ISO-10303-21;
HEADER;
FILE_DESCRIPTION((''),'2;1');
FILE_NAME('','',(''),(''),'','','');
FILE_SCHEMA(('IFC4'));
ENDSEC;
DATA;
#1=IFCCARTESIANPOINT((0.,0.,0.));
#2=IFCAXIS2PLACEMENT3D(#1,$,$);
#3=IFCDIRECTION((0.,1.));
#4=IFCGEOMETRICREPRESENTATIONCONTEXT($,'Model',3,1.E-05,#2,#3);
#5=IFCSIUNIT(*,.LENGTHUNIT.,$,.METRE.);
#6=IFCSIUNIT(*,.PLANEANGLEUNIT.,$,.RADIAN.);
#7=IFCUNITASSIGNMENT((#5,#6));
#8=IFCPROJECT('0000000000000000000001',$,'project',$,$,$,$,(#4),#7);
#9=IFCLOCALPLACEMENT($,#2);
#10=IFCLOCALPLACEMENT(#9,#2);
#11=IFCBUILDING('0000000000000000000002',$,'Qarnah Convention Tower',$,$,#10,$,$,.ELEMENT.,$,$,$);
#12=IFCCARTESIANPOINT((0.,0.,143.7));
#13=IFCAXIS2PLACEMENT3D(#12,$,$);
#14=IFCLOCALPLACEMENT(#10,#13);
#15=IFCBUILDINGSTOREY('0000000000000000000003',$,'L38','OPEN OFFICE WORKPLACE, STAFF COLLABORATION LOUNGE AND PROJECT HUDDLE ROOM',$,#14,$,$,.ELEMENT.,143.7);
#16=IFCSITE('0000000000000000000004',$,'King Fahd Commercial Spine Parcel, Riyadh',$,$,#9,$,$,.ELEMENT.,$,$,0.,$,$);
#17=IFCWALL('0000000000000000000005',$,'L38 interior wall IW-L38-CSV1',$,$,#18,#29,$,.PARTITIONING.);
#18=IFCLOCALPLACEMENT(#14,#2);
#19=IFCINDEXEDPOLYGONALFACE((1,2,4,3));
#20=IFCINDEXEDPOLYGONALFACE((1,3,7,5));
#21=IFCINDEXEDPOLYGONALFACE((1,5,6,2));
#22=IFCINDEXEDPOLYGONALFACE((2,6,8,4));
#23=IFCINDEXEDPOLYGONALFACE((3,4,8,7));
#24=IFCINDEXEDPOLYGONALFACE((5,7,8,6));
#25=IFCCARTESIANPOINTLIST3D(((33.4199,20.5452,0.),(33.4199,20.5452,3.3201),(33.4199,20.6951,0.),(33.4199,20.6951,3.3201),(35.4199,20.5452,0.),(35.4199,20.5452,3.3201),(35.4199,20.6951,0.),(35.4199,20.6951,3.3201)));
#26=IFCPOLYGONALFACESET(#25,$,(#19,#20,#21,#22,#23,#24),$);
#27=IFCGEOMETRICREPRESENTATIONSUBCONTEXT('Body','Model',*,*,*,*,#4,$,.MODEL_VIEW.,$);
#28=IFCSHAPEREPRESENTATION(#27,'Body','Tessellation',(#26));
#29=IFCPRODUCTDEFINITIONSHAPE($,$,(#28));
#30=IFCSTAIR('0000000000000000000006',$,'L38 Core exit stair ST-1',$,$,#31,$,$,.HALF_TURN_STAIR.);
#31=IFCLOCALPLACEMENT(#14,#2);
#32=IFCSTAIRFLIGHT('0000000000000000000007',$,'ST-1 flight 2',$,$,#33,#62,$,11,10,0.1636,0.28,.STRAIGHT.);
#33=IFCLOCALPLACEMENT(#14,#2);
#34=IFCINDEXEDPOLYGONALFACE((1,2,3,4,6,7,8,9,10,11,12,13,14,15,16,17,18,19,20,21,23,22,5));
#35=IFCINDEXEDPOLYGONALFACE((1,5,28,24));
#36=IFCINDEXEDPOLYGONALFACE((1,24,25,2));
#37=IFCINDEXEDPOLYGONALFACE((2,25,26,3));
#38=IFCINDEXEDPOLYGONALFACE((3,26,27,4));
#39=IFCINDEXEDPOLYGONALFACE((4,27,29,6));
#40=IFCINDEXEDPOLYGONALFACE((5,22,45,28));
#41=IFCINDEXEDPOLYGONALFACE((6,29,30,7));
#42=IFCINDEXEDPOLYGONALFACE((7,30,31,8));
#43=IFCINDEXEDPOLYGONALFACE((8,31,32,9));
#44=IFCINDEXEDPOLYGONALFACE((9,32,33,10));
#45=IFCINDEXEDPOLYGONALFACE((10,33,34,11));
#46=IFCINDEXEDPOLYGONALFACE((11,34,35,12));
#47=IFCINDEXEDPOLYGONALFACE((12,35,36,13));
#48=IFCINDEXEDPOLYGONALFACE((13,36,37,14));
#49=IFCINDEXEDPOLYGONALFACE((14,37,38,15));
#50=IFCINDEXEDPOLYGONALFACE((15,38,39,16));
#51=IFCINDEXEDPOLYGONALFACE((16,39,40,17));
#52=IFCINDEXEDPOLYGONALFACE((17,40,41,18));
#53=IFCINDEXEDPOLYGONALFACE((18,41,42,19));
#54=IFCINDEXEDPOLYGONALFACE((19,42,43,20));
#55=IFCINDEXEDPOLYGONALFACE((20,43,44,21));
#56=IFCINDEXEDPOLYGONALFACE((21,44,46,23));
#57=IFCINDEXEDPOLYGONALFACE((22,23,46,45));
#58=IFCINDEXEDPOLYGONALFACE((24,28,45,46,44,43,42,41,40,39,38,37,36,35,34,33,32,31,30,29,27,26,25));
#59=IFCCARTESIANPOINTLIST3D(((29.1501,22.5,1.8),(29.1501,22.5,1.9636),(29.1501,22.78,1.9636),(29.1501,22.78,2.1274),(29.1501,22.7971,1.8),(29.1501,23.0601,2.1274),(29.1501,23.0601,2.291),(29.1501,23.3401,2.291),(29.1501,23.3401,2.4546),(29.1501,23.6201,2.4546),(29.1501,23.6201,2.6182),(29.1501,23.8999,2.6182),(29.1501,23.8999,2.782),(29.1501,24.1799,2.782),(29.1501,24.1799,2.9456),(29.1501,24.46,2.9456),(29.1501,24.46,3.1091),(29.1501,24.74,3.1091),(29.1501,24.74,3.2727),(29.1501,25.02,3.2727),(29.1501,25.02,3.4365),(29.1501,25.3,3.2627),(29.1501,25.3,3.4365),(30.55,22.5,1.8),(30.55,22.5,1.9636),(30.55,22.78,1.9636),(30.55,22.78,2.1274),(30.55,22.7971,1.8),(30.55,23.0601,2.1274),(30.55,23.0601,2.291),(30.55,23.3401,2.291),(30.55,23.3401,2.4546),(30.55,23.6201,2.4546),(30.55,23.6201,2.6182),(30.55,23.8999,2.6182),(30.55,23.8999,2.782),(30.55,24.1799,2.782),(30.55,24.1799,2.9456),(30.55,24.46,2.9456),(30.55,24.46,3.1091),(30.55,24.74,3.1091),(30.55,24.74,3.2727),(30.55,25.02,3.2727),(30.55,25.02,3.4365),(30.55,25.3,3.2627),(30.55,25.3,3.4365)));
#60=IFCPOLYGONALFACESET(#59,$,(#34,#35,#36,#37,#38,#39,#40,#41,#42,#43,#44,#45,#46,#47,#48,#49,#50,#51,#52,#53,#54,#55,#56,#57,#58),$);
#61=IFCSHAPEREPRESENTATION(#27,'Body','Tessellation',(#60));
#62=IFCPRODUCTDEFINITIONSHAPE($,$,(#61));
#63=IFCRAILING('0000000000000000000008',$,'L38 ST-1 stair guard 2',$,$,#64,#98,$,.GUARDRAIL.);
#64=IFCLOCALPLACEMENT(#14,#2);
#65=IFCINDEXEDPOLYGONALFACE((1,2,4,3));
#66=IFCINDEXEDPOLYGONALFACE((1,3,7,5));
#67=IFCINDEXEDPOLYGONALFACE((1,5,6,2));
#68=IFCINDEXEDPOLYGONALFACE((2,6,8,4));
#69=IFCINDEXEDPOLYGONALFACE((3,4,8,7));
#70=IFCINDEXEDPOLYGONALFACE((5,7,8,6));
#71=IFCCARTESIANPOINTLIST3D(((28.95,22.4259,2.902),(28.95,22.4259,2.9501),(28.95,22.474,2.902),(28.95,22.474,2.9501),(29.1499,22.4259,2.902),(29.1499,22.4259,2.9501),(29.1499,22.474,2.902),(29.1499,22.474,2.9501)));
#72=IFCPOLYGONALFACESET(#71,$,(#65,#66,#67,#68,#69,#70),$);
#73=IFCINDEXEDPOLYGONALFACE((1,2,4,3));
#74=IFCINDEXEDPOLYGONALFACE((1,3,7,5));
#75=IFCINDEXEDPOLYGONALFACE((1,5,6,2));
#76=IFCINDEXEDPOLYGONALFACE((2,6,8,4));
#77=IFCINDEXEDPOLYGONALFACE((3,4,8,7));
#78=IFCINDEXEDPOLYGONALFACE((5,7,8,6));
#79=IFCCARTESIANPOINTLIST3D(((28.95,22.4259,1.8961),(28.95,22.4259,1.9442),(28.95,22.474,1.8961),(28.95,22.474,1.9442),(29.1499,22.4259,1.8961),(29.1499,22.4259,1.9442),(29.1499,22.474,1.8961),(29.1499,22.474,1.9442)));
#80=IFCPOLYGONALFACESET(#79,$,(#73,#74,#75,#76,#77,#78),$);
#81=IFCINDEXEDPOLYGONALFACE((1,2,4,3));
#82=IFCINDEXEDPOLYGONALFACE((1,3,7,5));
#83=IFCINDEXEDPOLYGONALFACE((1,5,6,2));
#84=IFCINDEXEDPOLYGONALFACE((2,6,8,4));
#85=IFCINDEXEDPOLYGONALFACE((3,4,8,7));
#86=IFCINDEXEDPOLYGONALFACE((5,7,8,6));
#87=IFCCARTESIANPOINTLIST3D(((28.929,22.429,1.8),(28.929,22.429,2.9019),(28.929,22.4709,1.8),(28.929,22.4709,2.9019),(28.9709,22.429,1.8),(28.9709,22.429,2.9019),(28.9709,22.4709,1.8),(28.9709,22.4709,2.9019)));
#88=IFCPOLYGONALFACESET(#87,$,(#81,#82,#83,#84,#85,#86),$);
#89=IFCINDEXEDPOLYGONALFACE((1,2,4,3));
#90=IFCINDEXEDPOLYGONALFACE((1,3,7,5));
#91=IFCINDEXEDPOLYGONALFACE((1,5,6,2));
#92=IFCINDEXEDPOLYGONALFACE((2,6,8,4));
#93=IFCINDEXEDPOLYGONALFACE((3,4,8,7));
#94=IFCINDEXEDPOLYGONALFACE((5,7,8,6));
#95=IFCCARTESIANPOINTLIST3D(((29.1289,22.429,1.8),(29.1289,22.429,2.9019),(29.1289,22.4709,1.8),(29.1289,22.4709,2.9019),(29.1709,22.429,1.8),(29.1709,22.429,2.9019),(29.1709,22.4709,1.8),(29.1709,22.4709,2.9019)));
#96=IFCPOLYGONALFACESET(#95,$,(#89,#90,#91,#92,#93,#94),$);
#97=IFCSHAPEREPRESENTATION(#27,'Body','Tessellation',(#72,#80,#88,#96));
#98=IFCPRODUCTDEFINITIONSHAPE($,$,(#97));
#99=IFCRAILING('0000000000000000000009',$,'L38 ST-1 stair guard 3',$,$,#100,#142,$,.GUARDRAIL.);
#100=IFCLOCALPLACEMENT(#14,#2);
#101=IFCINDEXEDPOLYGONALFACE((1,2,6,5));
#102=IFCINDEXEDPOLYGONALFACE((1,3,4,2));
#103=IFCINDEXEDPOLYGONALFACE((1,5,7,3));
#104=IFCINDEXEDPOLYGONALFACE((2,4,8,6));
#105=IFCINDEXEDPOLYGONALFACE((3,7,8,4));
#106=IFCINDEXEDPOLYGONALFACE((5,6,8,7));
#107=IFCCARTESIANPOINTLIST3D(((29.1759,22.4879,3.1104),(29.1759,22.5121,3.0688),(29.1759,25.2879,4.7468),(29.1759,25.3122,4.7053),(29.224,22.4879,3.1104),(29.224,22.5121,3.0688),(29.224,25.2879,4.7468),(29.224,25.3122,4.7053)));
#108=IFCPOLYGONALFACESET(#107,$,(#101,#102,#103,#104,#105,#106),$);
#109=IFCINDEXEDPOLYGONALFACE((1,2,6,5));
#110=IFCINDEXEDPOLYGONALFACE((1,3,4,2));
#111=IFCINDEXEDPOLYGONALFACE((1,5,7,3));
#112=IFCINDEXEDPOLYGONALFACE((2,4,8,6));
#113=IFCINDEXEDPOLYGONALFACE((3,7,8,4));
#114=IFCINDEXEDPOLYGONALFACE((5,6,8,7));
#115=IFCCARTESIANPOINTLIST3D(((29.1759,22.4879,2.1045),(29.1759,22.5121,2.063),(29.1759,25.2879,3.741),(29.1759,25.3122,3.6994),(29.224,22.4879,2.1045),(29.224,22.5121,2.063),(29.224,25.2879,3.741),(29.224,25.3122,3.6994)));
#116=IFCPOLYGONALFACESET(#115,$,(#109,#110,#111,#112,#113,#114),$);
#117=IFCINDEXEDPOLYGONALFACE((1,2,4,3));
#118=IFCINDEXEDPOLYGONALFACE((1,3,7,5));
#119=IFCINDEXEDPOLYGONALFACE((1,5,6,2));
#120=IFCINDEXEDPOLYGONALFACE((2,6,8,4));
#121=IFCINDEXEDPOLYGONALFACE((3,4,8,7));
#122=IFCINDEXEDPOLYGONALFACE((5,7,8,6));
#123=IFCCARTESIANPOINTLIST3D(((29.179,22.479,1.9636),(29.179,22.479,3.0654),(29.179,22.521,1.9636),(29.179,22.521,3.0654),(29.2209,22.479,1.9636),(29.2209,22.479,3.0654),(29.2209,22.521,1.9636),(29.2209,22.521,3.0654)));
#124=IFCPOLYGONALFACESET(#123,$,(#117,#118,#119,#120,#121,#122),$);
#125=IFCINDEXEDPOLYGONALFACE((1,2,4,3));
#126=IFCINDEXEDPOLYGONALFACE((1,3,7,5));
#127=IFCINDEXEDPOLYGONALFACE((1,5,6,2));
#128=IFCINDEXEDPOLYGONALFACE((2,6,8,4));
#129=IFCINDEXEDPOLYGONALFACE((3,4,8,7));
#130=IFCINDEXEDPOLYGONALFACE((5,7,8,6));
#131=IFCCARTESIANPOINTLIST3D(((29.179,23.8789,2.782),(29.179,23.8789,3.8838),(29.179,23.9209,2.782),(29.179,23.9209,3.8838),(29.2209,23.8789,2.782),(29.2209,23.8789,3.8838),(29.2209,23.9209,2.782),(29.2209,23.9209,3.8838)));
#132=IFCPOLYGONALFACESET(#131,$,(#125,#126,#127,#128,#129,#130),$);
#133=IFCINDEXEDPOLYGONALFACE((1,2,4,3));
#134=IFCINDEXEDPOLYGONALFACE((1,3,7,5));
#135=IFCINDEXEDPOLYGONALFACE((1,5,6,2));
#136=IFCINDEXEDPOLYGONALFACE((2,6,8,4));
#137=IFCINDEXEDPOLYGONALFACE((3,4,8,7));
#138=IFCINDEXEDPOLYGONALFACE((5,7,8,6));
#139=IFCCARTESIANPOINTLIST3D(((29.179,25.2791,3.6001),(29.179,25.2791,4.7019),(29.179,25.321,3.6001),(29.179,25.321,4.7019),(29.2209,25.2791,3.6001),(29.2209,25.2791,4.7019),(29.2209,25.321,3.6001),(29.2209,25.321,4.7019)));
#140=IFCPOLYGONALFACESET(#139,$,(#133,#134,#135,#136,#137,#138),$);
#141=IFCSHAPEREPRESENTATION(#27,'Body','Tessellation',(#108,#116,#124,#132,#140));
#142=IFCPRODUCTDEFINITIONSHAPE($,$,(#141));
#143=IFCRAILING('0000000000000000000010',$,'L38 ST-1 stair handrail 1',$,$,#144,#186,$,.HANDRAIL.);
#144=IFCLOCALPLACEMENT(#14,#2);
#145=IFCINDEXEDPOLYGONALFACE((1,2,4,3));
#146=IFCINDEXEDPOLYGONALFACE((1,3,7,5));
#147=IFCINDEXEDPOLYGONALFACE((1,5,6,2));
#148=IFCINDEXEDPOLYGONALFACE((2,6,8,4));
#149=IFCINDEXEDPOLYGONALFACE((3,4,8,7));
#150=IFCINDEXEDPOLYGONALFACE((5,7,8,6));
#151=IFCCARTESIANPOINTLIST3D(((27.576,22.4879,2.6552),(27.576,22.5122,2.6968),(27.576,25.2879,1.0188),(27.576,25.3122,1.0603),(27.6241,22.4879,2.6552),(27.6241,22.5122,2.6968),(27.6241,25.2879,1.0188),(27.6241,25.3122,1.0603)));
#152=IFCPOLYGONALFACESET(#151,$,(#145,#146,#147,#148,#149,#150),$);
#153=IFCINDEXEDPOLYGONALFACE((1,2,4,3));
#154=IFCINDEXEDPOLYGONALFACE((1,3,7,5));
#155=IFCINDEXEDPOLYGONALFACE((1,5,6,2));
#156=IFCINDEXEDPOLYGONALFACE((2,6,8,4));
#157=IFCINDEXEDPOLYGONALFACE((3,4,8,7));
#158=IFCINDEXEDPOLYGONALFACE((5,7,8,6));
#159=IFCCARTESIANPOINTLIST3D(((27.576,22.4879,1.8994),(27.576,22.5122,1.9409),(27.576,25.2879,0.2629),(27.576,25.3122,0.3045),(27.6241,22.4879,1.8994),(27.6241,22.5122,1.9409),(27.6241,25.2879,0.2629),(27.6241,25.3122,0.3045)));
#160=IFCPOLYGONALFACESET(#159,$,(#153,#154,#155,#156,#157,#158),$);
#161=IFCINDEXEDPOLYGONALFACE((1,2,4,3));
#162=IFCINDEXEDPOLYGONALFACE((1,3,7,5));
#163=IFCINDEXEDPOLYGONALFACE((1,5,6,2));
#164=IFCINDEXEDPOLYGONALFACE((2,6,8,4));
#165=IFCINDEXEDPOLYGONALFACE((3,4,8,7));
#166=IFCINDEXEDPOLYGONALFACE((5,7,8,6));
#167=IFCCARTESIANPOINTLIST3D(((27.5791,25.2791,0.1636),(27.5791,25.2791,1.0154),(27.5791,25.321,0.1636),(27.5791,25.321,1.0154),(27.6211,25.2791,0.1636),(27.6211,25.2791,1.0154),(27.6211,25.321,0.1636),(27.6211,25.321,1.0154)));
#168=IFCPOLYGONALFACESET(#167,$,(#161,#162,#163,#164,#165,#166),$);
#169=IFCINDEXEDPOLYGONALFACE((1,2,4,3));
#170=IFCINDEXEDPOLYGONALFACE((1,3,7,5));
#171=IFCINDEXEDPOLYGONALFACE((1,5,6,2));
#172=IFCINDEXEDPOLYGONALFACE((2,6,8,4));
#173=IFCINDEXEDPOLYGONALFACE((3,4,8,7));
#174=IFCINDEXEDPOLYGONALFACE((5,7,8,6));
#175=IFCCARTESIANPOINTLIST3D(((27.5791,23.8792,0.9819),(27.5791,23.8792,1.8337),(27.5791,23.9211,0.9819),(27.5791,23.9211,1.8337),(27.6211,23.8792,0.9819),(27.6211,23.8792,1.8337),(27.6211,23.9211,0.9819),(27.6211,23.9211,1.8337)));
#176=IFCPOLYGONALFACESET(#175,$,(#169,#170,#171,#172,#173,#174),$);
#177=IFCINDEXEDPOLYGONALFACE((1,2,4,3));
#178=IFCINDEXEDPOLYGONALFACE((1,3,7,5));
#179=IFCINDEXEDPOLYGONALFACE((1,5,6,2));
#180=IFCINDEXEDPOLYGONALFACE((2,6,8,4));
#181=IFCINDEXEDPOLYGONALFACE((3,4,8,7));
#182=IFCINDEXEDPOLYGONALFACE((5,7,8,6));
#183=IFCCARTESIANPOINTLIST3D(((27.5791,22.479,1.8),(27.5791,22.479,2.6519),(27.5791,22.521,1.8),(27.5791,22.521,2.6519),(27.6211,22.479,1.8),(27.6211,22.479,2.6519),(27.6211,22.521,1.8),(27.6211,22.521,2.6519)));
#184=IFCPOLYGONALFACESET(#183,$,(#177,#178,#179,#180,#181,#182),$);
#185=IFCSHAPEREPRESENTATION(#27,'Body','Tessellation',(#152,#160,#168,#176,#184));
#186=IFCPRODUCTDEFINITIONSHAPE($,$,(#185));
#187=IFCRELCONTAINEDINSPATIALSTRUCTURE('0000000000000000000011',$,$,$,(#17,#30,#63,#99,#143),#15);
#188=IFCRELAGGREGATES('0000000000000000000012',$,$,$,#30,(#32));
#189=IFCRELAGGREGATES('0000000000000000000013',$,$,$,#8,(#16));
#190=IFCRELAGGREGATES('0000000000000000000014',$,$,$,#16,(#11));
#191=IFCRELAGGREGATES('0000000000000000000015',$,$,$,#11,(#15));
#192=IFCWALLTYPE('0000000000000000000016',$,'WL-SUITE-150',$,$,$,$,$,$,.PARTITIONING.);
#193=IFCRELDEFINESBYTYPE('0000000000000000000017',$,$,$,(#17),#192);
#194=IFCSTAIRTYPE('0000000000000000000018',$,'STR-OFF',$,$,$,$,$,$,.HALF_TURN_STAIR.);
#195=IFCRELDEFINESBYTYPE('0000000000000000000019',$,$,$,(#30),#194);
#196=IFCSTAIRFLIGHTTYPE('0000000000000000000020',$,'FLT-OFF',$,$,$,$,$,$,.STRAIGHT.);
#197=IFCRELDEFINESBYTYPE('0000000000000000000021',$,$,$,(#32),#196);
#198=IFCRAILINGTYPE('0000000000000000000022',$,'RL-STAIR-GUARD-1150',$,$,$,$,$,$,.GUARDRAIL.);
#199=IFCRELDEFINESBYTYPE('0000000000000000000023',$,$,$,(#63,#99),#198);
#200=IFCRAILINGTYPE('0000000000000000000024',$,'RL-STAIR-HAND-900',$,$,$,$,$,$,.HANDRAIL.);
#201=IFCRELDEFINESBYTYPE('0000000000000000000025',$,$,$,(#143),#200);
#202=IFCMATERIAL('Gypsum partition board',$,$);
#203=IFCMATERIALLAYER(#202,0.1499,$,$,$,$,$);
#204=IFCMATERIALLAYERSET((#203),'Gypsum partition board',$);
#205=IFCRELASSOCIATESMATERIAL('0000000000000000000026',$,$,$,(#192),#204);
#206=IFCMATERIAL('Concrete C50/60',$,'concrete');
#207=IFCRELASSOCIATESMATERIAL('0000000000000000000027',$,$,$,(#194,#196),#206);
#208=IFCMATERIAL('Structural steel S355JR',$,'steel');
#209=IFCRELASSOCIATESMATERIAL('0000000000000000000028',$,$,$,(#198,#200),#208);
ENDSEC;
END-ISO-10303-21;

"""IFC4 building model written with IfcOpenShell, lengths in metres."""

from ifc_helpers import new_model, si_unit, direction, frame, frame_2d, origin, origin_2d, place, context, subcontext, project, spatial, polyline, rectangle, outline, extrude, material, layer, layer_set, type_object, element, aggregate, save


model = new_model("IFC4")

# Units and contexts
model_context = context("Model", 3, precision=1e-05, world=origin(), true_north=direction((0.0, 1.0)))
body_context = subcontext(model_context, "Body", "Model", "MODEL_VIEW")
ifc_project = project(units=[si_unit("LENGTHUNIT", "METRE"), si_unit("PLANEANGLEUNIT", "RADIAN")], contexts=[model_context])

# Site, building, storey
site_placement = place(None, origin())
site = spatial("IfcSite", under=ifc_project, at=site_placement, Name="King Fahd Commercial Spine Parcel, Riyadh", CompositionType="ELEMENT", RefElevation=0.0)
building_placement = place(site_placement, origin())
building = spatial("IfcBuilding", under=site, at=building_placement, Name="Qarnah Convention Tower", CompositionType="ELEMENT")
storey_placement = place(building_placement, frame((0.0, 0.0, 143.7)))
storey = spatial("IfcBuildingStorey", under=building, at=storey_placement, Name="L38", Description="OPEN OFFICE WORKPLACE, STAFF COLLABORATION LOUNGE AND PROJECT HUDDLE ROOM", CompositionType="ELEMENT", Elevation=143.7)

# Shared definitions
ifc_material_1 = material(Name="Structural steel S355JR", Category="steel")

# Wall
ifc_material_2 = material(Name="Gypsum partition board")
ifc_layer_1 = layer(ifc_material_2, 0.1499)
ifc_layer_set_1 = layer_set([ifc_layer_1], Name="Gypsum partition board")
wall_type_1 = type_object("IfcWallType", Name="WL-SUITE-150", PredefinedType="PARTITIONING", material=ifc_layer_set_1)
wall_1_placement = place(storey_placement, frame((33.4199, 20.6201, 0.0), z_axis=(0.0, 0.0, 1.0), x_axis=(1.0, 0.0, 0.0)))
element("IfcWall", 1, at=wall_1_placement, inside=storey, type_object=wall_type_1, Name="L38 interior wall IW-L38-CSV1", PredefinedType="PARTITIONING", context=body_context, shape_type="SweptSolid", body=[
    extrude(rectangle(XDim=2.0, YDim=0.1499, at=frame_2d((1.0, 0.0))), origin(), (0.0, 0.0, 1.0), 3.3201),
])

# Stair, stair flight
ifc_material_3 = material(Name="Concrete C50/60", Category="concrete")
stair_type = type_object("IfcStairType", Name="STR-OFF", PredefinedType="HALF_TURN_STAIR", material=ifc_material_3)
stair_placement = place(storey_placement, origin())
stair = element("IfcStair", 2, at=stair_placement, inside=storey, type_object=stair_type, Name="L38 Core exit stair ST-1", PredefinedType="HALF_TURN_STAIR")
stair_flight_type = type_object("IfcStairFlightType", Name="FLT-OFF", PredefinedType="STRAIGHT", material=ifc_material_3)
stair_flight_placement = place(storey_placement, frame((29.8501, 22.5, 1.8), z_axis=(0.0, 0.0, 1.0), x_axis=(0.0, 1.0, 0.0)))
stair_flight = element("IfcStairFlight", 3, at=stair_flight_placement, type_object=stair_flight_type, Name="ST-1 flight 2", NumberOfRisers=11, NumberOfTreads=10, PredefinedType="STRAIGHT", RiserHeight=0.1636, TreadLength=0.28, context=body_context, shape_type="SweptSolid", body=[
    extrude(outline(polyline([(0.0, 0.0), (0.0, 0.1636), (0.28, 0.1636), (0.28, 0.3274), (0.5601, 0.3274), (0.5601, 0.491), (0.8401, 0.491), (0.8401, 0.6545), (1.1201, 0.6545), (1.1201, 0.8181), (1.3999, 0.8181), (1.3999, 0.9819), (1.6799, 0.9819), (1.6799, 1.1455), (1.96, 1.1455), (1.96, 1.3091), (2.24, 1.3091), (2.24, 1.4727), (2.52, 1.4727), (2.52, 1.6365), (2.8, 1.6365), (2.8, 1.8), (2.8, 1.4626), (0.2971, 0.0), (0.0, 0.0)])), frame((0.0, 0.7, 0.0), z_axis=(0.0, -1.0, 0.0), x_axis=(1.0, 0.0, 0.0)), (0.0, 0.0, 1.0), 1.3999),
])
aggregate(stair, [stair_flight])

# Railings
railing_type_1 = type_object("IfcRailingType", Name="RL-STAIR-GUARD-1150", PredefinedType="GUARDRAIL", material=ifc_material_1)
railing_1_placement = place(storey_placement, frame((28.95, 22.45, 1.8)))
element("IfcRailing", 4, at=railing_1_placement, inside=storey, type_object=railing_type_1, Name="L38 ST-1 stair guard 2", PredefinedType="GUARDRAIL", context=body_context, shape_type="SweptSolid", body=[
    extrude(rectangle(XDim=0.0481, YDim=0.0481, at=origin_2d()), frame((0.0, 0.0, 1.126), z_axis=(1.0, 0.0, 0.0), x_axis=(0.0, 1.0, 0.0)), (0.0, 0.0, 1.0), 0.2),
    extrude(rectangle(XDim=0.0481, YDim=0.0481, at=origin_2d()), frame((0.0, 0.0, 0.1201), z_axis=(1.0, 0.0, 0.0), x_axis=(0.0, 1.0, 0.0)), (0.0, 0.0, 1.0), 0.2),
    extrude(rectangle(XDim=0.042, YDim=0.042, at=origin_2d()), origin(), (0.0, 0.0, 1.0), 1.1018),
    extrude(rectangle(XDim=0.042, YDim=0.042, at=origin_2d()), frame((0.2, 0.0, 0.0)), (0.0, 0.0, 1.0), 1.1018),
])
railing_2_placement = place(storey_placement, frame((29.2, 22.5, 1.9636)))
element("IfcRailing", 5, at=railing_2_placement, inside=storey, type_object=railing_type_1, Name="L38 ST-1 stair guard 3", PredefinedType="GUARDRAIL", context=body_context, shape_type="SweptSolid", body=[
    extrude(rectangle(XDim=0.0481, YDim=0.0481, at=origin_2d()), frame((0.0, 0.0, 1.126), z_axis=(0.0, 0.863361, 0.504587), x_axis=(-1.0, 0.0, 0.0)), (0.0, 0.0, 1.0), 3.2432),
    extrude(rectangle(XDim=0.0481, YDim=0.0481, at=origin_2d()), frame((0.0, 0.0, 0.1201), z_axis=(0.0, 0.863361, 0.504587), x_axis=(-1.0, 0.0, 0.0)), (0.0, 0.0, 1.0), 3.2432),
    extrude(rectangle(XDim=0.042, YDim=0.042, at=origin_2d()), origin(), (0.0, 0.0, 1.0), 1.1018),
    extrude(rectangle(XDim=0.042, YDim=0.042, at=origin_2d()), frame((0.0, 1.3999, 0.8184)), (0.0, 0.0, 1.0), 1.1018),
    extrude(rectangle(XDim=0.042, YDim=0.042, at=origin_2d()), frame((0.0, 2.8, 1.6365)), (0.0, 0.0, 1.0), 1.1018),
])
railing_type_2 = type_object("IfcRailingType", Name="RL-STAIR-HAND-900", PredefinedType="HANDRAIL", material=ifc_material_1)
railing_3_placement = place(storey_placement, frame((27.6001, 25.3, 0.1636)))
element("IfcRailing", 6, at=railing_3_placement, inside=storey, type_object=railing_type_2, Name="L38 ST-1 stair handrail 1", PredefinedType="HANDRAIL", context=body_context, shape_type="SweptSolid", body=[
    extrude(rectangle(XDim=0.0481, YDim=0.0481, at=origin_2d()), frame((0.0, 0.0, 0.876), z_axis=(0.0, -0.863361, 0.504587), x_axis=(1.0, 0.0, 0.0)), (0.0, 0.0, 1.0), 3.2432),
    extrude(rectangle(XDim=0.0481, YDim=0.0481, at=origin_2d()), frame((0.0, 0.0, 0.1201), z_axis=(0.0, -0.863361, 0.504587), x_axis=(1.0, 0.0, 0.0)), (0.0, 0.0, 1.0), 3.2432),
    extrude(rectangle(XDim=0.042, YDim=0.042, at=origin_2d()), origin(), (0.0, 0.0, 1.0), 0.8518),
    extrude(rectangle(XDim=0.042, YDim=0.042, at=origin_2d()), frame((0.0, -1.3999, 0.8184)), (0.0, 0.0, 1.0), 0.8518),
    extrude(rectangle(XDim=0.042, YDim=0.042, at=origin_2d()), frame((0.0, -2.8, 1.6365)), (0.0, 0.0, 1.0), 0.8518),
])

save(model, "model.ifc")
